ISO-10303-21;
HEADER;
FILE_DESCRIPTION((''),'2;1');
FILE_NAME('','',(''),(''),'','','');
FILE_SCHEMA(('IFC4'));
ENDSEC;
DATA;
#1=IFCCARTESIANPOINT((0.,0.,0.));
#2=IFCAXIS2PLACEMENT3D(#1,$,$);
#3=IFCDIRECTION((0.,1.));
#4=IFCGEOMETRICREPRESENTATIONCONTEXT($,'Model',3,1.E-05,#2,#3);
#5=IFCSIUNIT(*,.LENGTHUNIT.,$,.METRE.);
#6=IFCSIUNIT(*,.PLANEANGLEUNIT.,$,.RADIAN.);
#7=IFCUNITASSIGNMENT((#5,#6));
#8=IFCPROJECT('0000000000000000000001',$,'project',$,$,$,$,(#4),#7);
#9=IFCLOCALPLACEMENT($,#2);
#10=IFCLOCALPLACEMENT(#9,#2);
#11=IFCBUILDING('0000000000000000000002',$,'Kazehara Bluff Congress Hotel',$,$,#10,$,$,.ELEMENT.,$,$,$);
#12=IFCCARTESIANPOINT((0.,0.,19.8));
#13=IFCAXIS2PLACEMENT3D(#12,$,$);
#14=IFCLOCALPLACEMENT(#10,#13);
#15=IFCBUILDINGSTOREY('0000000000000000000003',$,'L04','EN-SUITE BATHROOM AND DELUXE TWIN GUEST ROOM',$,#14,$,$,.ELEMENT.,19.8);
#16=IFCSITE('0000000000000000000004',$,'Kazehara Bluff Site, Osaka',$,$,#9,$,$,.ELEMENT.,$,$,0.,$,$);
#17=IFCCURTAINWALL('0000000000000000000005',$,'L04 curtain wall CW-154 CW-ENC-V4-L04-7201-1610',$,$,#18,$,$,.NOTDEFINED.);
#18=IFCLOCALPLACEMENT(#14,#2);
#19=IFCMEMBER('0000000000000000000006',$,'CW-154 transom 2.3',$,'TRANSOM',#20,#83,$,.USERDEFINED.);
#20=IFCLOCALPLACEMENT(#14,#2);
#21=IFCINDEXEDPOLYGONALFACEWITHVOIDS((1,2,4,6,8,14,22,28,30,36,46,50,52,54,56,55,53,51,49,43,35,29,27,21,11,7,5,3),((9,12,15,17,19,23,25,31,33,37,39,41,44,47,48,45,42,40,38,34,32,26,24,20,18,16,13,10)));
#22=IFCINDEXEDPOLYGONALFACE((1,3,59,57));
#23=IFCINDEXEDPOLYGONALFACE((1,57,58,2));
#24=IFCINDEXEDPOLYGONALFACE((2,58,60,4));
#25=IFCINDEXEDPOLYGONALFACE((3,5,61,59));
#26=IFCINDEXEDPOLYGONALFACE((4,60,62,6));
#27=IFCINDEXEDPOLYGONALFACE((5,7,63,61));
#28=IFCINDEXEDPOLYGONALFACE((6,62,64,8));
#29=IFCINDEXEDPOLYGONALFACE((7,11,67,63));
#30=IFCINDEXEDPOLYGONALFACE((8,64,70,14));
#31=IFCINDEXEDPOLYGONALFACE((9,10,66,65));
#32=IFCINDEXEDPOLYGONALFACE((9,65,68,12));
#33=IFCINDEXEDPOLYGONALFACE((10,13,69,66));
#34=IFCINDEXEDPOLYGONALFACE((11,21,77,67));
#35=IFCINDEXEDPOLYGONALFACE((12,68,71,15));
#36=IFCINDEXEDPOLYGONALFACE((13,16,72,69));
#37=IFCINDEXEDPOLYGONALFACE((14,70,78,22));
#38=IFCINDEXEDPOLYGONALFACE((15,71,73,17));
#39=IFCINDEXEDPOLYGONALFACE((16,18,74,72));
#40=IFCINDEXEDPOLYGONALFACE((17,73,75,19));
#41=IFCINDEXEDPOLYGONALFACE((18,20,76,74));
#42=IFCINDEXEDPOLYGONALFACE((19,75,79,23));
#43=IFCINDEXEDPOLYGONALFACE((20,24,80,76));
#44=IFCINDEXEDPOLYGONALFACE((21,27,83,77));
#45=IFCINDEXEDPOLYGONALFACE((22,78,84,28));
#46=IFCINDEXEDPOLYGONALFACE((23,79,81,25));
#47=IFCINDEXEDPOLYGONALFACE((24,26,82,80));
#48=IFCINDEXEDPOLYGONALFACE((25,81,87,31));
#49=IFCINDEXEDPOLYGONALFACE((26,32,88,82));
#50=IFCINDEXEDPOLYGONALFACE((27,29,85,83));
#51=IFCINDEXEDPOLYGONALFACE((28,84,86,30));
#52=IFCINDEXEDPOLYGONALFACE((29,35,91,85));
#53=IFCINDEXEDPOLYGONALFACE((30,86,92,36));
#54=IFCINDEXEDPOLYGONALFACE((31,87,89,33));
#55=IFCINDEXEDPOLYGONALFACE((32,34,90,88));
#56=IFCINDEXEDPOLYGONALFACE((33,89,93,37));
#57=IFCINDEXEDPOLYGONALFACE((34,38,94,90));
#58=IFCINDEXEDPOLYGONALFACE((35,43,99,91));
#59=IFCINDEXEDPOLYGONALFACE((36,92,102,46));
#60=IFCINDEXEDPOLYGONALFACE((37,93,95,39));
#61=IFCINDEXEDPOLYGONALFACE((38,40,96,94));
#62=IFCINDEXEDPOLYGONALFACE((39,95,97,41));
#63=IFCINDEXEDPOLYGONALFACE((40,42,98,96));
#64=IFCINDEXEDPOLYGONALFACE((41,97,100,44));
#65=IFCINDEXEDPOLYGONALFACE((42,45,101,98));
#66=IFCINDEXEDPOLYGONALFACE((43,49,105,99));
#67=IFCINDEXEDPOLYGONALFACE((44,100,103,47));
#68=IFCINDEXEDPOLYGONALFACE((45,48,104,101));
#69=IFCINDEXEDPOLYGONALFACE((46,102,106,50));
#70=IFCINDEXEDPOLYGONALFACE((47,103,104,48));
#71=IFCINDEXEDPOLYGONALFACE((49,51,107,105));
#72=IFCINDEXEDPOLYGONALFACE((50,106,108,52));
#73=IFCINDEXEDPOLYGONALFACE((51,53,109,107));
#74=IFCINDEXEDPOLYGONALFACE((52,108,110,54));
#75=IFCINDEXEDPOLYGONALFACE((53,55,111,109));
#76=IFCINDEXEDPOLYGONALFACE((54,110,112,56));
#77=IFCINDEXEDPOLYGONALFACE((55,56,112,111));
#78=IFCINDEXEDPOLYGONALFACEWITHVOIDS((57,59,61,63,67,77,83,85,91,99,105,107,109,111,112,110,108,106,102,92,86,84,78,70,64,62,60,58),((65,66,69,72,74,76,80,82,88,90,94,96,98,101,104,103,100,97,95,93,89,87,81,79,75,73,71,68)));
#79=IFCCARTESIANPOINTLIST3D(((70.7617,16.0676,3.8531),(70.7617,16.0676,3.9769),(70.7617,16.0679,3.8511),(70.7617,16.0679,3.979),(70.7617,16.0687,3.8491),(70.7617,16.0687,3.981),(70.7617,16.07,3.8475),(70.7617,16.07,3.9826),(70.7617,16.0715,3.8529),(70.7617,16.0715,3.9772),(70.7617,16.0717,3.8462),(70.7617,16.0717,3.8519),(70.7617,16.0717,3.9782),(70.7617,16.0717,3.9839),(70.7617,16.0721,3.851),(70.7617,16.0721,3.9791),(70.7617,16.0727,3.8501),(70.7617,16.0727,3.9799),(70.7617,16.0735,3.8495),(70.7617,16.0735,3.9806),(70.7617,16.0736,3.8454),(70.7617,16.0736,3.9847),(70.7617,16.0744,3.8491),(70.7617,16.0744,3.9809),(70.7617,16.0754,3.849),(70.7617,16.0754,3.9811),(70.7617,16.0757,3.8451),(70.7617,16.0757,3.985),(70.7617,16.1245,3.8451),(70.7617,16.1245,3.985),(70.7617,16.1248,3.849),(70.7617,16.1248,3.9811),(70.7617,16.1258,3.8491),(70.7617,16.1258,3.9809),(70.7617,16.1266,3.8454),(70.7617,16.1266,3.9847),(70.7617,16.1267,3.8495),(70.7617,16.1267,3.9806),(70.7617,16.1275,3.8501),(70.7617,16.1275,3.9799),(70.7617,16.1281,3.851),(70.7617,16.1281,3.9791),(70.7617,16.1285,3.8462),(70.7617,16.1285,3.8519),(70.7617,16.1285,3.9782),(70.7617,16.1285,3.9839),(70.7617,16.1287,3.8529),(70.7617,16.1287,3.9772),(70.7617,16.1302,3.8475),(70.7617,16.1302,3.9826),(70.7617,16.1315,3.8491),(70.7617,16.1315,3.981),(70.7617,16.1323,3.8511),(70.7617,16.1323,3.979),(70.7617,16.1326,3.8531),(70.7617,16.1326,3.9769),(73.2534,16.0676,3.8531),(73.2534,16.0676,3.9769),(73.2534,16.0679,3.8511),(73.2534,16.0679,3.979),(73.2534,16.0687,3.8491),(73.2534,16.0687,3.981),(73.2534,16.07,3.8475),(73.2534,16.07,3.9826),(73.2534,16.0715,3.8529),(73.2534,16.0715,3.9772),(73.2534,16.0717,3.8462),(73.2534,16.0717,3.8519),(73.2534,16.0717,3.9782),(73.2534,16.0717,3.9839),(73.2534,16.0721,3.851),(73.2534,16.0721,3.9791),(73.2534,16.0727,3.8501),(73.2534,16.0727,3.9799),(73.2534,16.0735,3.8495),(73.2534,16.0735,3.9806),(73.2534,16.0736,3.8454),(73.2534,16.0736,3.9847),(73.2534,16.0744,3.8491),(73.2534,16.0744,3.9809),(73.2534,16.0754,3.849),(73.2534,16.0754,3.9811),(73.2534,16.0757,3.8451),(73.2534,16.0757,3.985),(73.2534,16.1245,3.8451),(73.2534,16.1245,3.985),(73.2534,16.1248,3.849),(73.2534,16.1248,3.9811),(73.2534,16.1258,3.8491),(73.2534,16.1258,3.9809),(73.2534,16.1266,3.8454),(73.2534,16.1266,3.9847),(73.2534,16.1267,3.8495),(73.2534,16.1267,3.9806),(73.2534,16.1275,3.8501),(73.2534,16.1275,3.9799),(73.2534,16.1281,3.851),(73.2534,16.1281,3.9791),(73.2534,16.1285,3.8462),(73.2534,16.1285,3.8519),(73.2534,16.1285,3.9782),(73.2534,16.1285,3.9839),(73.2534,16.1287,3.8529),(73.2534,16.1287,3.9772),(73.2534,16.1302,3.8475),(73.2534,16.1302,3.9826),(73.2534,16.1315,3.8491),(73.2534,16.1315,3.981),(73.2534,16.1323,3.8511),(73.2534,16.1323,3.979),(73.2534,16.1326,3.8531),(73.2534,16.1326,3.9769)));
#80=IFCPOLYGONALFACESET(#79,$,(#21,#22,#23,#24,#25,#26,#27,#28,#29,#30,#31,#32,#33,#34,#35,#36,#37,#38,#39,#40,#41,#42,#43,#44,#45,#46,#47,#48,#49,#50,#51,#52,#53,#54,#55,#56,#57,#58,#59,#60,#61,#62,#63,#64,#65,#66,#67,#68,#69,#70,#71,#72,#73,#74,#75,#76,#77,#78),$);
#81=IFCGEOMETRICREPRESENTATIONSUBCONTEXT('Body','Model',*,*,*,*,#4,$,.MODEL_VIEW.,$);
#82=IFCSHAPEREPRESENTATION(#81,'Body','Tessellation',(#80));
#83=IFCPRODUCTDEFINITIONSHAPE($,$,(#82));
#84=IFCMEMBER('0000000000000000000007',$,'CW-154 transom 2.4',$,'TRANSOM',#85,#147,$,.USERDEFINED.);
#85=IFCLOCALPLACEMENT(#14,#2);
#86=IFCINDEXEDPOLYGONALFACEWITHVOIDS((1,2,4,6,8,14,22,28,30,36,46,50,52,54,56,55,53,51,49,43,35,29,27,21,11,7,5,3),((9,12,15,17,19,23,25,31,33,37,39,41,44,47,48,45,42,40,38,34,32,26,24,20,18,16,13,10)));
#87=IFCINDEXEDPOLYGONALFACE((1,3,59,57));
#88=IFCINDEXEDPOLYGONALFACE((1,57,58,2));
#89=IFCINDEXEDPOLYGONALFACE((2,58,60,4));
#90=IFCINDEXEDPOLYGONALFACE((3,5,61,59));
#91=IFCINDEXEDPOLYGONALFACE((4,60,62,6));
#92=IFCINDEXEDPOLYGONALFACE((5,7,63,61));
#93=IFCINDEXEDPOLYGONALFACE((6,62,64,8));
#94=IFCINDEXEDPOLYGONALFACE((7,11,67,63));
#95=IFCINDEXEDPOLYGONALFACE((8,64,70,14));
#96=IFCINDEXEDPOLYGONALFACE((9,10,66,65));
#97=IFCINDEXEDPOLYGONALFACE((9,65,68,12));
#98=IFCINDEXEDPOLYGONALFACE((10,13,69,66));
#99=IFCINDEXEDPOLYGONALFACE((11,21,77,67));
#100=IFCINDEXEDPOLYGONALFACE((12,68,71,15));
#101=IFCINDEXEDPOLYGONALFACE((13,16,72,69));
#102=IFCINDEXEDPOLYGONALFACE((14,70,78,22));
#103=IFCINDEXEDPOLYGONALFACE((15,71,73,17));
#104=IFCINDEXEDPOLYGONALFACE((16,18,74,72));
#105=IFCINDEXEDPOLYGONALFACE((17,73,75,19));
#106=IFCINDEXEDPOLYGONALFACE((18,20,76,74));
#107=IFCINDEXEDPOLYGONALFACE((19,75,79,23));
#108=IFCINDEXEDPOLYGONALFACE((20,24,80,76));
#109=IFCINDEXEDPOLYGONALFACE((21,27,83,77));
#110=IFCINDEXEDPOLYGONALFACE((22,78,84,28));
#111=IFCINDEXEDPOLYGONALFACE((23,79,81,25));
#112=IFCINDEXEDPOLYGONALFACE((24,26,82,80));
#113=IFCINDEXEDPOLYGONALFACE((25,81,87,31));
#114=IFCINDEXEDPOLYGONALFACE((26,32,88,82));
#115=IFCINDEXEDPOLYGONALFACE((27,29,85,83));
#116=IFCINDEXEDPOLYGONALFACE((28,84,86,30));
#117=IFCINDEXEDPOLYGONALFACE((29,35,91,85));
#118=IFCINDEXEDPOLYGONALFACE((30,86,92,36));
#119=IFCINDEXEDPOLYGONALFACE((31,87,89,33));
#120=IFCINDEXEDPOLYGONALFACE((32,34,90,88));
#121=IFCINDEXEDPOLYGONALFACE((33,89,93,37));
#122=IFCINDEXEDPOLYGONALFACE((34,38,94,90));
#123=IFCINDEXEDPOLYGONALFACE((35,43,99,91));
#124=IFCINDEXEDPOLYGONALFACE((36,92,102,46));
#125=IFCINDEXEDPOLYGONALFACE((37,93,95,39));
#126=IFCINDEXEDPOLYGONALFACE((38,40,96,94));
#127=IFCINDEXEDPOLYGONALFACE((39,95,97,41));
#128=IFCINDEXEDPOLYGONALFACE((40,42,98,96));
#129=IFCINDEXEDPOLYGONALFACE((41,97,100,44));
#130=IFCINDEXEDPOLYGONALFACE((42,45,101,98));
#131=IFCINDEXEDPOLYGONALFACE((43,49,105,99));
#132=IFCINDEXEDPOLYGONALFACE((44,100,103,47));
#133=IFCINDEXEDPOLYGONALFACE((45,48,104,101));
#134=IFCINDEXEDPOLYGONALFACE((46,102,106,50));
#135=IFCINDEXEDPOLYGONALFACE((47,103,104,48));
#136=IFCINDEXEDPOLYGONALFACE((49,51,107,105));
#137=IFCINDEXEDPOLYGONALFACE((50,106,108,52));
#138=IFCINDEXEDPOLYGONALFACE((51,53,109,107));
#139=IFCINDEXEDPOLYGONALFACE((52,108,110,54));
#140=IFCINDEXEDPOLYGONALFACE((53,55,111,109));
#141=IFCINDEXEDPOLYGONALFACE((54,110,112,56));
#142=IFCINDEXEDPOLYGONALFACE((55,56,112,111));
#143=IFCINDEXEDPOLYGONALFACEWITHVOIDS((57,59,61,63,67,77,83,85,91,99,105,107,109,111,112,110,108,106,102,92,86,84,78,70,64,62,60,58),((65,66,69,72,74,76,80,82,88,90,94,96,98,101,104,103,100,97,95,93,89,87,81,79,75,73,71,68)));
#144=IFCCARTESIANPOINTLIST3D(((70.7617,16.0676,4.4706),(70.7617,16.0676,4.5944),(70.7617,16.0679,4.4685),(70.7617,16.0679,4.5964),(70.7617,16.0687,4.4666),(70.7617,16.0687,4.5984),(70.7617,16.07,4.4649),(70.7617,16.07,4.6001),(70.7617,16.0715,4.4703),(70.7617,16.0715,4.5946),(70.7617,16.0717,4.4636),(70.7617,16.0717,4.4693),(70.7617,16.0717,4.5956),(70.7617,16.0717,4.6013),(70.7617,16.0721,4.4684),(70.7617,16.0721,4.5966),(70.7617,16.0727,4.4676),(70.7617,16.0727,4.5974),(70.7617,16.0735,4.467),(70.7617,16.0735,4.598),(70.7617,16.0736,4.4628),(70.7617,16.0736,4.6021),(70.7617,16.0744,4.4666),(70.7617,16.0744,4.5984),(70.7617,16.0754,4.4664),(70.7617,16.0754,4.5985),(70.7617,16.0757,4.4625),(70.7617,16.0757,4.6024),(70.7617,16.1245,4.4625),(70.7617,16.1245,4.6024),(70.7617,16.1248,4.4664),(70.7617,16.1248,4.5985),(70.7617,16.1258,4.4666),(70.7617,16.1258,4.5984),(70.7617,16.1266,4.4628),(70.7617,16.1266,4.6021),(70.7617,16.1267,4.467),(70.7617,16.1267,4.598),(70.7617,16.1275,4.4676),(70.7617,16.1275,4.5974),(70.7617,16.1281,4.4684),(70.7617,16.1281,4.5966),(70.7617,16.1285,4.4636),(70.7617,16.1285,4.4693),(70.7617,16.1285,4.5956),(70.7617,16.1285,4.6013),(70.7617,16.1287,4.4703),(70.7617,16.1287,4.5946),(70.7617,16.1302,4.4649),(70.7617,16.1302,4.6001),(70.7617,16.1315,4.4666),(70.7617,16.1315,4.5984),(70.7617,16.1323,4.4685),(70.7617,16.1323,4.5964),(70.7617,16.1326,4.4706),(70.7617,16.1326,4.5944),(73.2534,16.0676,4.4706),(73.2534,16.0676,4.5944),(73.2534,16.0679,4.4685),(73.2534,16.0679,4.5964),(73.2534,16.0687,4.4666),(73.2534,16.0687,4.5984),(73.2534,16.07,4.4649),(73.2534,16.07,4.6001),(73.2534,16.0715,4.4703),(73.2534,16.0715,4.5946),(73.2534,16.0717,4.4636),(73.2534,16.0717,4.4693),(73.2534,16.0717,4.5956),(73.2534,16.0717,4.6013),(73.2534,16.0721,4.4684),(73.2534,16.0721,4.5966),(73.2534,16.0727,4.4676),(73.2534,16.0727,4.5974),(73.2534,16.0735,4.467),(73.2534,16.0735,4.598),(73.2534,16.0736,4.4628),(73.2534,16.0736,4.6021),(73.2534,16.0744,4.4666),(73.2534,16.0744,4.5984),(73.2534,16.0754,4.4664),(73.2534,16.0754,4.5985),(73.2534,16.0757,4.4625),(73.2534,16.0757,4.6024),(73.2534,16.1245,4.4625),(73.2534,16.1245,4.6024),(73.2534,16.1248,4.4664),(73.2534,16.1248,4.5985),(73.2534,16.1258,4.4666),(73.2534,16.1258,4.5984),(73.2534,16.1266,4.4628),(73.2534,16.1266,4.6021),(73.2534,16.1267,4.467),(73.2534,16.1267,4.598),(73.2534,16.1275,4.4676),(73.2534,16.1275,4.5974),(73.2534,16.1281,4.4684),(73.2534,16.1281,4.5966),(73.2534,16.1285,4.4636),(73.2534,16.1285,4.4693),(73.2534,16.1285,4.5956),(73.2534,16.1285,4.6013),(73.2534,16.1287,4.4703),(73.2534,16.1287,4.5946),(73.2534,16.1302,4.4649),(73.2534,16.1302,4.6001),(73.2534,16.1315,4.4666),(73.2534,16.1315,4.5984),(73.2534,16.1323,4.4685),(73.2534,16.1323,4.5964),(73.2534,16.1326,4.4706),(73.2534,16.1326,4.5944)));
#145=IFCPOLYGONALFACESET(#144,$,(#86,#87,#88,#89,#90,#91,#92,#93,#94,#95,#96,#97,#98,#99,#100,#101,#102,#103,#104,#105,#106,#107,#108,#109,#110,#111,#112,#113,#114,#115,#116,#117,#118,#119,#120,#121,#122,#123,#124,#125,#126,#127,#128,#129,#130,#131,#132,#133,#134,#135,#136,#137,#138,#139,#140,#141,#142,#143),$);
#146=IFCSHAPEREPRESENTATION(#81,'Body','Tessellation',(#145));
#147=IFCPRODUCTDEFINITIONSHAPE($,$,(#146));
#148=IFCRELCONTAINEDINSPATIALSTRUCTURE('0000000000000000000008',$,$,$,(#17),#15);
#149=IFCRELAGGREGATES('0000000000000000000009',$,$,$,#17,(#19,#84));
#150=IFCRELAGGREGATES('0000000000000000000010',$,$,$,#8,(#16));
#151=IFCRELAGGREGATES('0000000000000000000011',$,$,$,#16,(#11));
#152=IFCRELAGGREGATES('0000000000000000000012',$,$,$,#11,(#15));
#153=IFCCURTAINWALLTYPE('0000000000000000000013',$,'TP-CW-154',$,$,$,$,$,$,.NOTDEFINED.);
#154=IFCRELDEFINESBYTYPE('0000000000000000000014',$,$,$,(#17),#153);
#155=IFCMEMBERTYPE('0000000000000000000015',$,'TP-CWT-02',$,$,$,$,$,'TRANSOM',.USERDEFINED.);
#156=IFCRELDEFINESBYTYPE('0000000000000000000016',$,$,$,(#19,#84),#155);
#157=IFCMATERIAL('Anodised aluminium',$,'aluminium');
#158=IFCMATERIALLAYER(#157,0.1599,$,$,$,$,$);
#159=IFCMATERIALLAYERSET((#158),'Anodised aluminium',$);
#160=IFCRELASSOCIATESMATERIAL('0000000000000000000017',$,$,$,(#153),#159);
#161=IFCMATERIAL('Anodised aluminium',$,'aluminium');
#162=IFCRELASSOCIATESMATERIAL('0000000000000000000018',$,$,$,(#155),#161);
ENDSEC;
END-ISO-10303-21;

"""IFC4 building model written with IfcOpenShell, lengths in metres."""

from ifc_helpers import new_model, si_unit, direction, frame, origin, origin_2d, place, context, subcontext, project, spatial, hollow_rectangle, extrude, material, layer, layer_set, material_profile, profile_set, type_object, element, aggregate, save


model = new_model("IFC4")

# Units and contexts
model_context = context("Model", 3, precision=1e-05, world=origin(), true_north=direction((0.0, 1.0)))
body_context = subcontext(model_context, "Body", "Model", "MODEL_VIEW")
ifc_project = project(units=[si_unit("LENGTHUNIT", "METRE"), si_unit("PLANEANGLEUNIT", "RADIAN")], contexts=[model_context])

# Site, building, storey
site_placement = place(None, origin())
site = spatial("IfcSite", under=ifc_project, at=site_placement, Name="Kazehara Bluff Site, Osaka", CompositionType="ELEMENT", RefElevation=0.0)
building_placement = place(site_placement, origin())
building = spatial("IfcBuilding", under=site, at=building_placement, Name="Kazehara Bluff Congress Hotel", CompositionType="ELEMENT")
storey_placement = place(building_placement, frame((0.0, 0.0, 19.8)))
storey = spatial("IfcBuildingStorey", under=building, at=storey_placement, Name="L04", Description="EN-SUITE BATHROOM AND DELUXE TWIN GUEST ROOM", CompositionType="ELEMENT", Elevation=19.8)

# Curtain wall, members
ifc_material_1 = material(Name="Anodised aluminium", Category="aluminium")
ifc_layer_1 = layer(ifc_material_1, 0.1599)
ifc_layer_set_1 = layer_set([ifc_layer_1], Name="Anodised aluminium")
curtain_wall_type = type_object("IfcCurtainWallType", Name="TP-CW-154", PredefinedType="NOTDEFINED", material=ifc_layer_set_1)
curtain_wall_placement = place(storey_placement, origin())
curtain_wall = element("IfcCurtainWall", 1, at=curtain_wall_placement, inside=storey, type_object=curtain_wall_type, Name="L04 curtain wall CW-154 CW-ENC-V4-L04-7201-1610", PredefinedType="NOTDEFINED")
ifc_material_2 = material(Name="Anodised aluminium", Category="aluminium")
ifc_material_profile_1 = material_profile(ifc_material_2, hollow_rectangle(XDim=0.0649, YDim=0.1399, WallThickness=0.0039, InnerFilletRadius=0.0039, OuterFilletRadius=0.0081, at=origin_2d()))
ifc_profile_set_1 = profile_set([ifc_material_profile_1], Name="Anodised aluminium")
member_type_1 = type_object("IfcMemberType", Name="TP-CWT-02", ElementType="TRANSOM", PredefinedType="USERDEFINED", material=ifc_profile_set_1)
member_1_placement = place(storey_placement, frame((73.2534, 16.1001, 3.915), z_axis=(-1.0, 0.0, 0.0), x_axis=(0.0, -1.0, 0.0)))
member_1 = element("IfcMember", 2, at=member_1_placement, type_object=member_type_1, Name="CW-154 transom 2.3", ObjectType="TRANSOM", PredefinedType="USERDEFINED", context=body_context, shape_type="SweptSolid", body=[
    extrude(hollow_rectangle(XDim=0.0649, YDim=0.1399, WallThickness=0.0039, InnerFilletRadius=0.0039, OuterFilletRadius=0.0081, at=origin_2d()), origin(), (0.0, 0.0, 1.0), 2.4917),
])
member_2_placement = place(storey_placement, frame((73.2534, 16.1001, 4.5325), z_axis=(-1.0, 0.0, 0.0), x_axis=(0.0, -1.0, 0.0)))
member_2 = element("IfcMember", 3, at=member_2_placement, type_object=member_type_1, Name="CW-154 transom 2.4", ObjectType="TRANSOM", PredefinedType="USERDEFINED", context=body_context, shape_type="SweptSolid", body=[
    extrude(hollow_rectangle(XDim=0.0649, YDim=0.1399, WallThickness=0.0039, InnerFilletRadius=0.0039, OuterFilletRadius=0.0081, at=origin_2d()), origin(), (0.0, 0.0, 1.0), 2.4917),
])
aggregate(curtain_wall, [member_1, member_2])

save(model, "model.ifc")
